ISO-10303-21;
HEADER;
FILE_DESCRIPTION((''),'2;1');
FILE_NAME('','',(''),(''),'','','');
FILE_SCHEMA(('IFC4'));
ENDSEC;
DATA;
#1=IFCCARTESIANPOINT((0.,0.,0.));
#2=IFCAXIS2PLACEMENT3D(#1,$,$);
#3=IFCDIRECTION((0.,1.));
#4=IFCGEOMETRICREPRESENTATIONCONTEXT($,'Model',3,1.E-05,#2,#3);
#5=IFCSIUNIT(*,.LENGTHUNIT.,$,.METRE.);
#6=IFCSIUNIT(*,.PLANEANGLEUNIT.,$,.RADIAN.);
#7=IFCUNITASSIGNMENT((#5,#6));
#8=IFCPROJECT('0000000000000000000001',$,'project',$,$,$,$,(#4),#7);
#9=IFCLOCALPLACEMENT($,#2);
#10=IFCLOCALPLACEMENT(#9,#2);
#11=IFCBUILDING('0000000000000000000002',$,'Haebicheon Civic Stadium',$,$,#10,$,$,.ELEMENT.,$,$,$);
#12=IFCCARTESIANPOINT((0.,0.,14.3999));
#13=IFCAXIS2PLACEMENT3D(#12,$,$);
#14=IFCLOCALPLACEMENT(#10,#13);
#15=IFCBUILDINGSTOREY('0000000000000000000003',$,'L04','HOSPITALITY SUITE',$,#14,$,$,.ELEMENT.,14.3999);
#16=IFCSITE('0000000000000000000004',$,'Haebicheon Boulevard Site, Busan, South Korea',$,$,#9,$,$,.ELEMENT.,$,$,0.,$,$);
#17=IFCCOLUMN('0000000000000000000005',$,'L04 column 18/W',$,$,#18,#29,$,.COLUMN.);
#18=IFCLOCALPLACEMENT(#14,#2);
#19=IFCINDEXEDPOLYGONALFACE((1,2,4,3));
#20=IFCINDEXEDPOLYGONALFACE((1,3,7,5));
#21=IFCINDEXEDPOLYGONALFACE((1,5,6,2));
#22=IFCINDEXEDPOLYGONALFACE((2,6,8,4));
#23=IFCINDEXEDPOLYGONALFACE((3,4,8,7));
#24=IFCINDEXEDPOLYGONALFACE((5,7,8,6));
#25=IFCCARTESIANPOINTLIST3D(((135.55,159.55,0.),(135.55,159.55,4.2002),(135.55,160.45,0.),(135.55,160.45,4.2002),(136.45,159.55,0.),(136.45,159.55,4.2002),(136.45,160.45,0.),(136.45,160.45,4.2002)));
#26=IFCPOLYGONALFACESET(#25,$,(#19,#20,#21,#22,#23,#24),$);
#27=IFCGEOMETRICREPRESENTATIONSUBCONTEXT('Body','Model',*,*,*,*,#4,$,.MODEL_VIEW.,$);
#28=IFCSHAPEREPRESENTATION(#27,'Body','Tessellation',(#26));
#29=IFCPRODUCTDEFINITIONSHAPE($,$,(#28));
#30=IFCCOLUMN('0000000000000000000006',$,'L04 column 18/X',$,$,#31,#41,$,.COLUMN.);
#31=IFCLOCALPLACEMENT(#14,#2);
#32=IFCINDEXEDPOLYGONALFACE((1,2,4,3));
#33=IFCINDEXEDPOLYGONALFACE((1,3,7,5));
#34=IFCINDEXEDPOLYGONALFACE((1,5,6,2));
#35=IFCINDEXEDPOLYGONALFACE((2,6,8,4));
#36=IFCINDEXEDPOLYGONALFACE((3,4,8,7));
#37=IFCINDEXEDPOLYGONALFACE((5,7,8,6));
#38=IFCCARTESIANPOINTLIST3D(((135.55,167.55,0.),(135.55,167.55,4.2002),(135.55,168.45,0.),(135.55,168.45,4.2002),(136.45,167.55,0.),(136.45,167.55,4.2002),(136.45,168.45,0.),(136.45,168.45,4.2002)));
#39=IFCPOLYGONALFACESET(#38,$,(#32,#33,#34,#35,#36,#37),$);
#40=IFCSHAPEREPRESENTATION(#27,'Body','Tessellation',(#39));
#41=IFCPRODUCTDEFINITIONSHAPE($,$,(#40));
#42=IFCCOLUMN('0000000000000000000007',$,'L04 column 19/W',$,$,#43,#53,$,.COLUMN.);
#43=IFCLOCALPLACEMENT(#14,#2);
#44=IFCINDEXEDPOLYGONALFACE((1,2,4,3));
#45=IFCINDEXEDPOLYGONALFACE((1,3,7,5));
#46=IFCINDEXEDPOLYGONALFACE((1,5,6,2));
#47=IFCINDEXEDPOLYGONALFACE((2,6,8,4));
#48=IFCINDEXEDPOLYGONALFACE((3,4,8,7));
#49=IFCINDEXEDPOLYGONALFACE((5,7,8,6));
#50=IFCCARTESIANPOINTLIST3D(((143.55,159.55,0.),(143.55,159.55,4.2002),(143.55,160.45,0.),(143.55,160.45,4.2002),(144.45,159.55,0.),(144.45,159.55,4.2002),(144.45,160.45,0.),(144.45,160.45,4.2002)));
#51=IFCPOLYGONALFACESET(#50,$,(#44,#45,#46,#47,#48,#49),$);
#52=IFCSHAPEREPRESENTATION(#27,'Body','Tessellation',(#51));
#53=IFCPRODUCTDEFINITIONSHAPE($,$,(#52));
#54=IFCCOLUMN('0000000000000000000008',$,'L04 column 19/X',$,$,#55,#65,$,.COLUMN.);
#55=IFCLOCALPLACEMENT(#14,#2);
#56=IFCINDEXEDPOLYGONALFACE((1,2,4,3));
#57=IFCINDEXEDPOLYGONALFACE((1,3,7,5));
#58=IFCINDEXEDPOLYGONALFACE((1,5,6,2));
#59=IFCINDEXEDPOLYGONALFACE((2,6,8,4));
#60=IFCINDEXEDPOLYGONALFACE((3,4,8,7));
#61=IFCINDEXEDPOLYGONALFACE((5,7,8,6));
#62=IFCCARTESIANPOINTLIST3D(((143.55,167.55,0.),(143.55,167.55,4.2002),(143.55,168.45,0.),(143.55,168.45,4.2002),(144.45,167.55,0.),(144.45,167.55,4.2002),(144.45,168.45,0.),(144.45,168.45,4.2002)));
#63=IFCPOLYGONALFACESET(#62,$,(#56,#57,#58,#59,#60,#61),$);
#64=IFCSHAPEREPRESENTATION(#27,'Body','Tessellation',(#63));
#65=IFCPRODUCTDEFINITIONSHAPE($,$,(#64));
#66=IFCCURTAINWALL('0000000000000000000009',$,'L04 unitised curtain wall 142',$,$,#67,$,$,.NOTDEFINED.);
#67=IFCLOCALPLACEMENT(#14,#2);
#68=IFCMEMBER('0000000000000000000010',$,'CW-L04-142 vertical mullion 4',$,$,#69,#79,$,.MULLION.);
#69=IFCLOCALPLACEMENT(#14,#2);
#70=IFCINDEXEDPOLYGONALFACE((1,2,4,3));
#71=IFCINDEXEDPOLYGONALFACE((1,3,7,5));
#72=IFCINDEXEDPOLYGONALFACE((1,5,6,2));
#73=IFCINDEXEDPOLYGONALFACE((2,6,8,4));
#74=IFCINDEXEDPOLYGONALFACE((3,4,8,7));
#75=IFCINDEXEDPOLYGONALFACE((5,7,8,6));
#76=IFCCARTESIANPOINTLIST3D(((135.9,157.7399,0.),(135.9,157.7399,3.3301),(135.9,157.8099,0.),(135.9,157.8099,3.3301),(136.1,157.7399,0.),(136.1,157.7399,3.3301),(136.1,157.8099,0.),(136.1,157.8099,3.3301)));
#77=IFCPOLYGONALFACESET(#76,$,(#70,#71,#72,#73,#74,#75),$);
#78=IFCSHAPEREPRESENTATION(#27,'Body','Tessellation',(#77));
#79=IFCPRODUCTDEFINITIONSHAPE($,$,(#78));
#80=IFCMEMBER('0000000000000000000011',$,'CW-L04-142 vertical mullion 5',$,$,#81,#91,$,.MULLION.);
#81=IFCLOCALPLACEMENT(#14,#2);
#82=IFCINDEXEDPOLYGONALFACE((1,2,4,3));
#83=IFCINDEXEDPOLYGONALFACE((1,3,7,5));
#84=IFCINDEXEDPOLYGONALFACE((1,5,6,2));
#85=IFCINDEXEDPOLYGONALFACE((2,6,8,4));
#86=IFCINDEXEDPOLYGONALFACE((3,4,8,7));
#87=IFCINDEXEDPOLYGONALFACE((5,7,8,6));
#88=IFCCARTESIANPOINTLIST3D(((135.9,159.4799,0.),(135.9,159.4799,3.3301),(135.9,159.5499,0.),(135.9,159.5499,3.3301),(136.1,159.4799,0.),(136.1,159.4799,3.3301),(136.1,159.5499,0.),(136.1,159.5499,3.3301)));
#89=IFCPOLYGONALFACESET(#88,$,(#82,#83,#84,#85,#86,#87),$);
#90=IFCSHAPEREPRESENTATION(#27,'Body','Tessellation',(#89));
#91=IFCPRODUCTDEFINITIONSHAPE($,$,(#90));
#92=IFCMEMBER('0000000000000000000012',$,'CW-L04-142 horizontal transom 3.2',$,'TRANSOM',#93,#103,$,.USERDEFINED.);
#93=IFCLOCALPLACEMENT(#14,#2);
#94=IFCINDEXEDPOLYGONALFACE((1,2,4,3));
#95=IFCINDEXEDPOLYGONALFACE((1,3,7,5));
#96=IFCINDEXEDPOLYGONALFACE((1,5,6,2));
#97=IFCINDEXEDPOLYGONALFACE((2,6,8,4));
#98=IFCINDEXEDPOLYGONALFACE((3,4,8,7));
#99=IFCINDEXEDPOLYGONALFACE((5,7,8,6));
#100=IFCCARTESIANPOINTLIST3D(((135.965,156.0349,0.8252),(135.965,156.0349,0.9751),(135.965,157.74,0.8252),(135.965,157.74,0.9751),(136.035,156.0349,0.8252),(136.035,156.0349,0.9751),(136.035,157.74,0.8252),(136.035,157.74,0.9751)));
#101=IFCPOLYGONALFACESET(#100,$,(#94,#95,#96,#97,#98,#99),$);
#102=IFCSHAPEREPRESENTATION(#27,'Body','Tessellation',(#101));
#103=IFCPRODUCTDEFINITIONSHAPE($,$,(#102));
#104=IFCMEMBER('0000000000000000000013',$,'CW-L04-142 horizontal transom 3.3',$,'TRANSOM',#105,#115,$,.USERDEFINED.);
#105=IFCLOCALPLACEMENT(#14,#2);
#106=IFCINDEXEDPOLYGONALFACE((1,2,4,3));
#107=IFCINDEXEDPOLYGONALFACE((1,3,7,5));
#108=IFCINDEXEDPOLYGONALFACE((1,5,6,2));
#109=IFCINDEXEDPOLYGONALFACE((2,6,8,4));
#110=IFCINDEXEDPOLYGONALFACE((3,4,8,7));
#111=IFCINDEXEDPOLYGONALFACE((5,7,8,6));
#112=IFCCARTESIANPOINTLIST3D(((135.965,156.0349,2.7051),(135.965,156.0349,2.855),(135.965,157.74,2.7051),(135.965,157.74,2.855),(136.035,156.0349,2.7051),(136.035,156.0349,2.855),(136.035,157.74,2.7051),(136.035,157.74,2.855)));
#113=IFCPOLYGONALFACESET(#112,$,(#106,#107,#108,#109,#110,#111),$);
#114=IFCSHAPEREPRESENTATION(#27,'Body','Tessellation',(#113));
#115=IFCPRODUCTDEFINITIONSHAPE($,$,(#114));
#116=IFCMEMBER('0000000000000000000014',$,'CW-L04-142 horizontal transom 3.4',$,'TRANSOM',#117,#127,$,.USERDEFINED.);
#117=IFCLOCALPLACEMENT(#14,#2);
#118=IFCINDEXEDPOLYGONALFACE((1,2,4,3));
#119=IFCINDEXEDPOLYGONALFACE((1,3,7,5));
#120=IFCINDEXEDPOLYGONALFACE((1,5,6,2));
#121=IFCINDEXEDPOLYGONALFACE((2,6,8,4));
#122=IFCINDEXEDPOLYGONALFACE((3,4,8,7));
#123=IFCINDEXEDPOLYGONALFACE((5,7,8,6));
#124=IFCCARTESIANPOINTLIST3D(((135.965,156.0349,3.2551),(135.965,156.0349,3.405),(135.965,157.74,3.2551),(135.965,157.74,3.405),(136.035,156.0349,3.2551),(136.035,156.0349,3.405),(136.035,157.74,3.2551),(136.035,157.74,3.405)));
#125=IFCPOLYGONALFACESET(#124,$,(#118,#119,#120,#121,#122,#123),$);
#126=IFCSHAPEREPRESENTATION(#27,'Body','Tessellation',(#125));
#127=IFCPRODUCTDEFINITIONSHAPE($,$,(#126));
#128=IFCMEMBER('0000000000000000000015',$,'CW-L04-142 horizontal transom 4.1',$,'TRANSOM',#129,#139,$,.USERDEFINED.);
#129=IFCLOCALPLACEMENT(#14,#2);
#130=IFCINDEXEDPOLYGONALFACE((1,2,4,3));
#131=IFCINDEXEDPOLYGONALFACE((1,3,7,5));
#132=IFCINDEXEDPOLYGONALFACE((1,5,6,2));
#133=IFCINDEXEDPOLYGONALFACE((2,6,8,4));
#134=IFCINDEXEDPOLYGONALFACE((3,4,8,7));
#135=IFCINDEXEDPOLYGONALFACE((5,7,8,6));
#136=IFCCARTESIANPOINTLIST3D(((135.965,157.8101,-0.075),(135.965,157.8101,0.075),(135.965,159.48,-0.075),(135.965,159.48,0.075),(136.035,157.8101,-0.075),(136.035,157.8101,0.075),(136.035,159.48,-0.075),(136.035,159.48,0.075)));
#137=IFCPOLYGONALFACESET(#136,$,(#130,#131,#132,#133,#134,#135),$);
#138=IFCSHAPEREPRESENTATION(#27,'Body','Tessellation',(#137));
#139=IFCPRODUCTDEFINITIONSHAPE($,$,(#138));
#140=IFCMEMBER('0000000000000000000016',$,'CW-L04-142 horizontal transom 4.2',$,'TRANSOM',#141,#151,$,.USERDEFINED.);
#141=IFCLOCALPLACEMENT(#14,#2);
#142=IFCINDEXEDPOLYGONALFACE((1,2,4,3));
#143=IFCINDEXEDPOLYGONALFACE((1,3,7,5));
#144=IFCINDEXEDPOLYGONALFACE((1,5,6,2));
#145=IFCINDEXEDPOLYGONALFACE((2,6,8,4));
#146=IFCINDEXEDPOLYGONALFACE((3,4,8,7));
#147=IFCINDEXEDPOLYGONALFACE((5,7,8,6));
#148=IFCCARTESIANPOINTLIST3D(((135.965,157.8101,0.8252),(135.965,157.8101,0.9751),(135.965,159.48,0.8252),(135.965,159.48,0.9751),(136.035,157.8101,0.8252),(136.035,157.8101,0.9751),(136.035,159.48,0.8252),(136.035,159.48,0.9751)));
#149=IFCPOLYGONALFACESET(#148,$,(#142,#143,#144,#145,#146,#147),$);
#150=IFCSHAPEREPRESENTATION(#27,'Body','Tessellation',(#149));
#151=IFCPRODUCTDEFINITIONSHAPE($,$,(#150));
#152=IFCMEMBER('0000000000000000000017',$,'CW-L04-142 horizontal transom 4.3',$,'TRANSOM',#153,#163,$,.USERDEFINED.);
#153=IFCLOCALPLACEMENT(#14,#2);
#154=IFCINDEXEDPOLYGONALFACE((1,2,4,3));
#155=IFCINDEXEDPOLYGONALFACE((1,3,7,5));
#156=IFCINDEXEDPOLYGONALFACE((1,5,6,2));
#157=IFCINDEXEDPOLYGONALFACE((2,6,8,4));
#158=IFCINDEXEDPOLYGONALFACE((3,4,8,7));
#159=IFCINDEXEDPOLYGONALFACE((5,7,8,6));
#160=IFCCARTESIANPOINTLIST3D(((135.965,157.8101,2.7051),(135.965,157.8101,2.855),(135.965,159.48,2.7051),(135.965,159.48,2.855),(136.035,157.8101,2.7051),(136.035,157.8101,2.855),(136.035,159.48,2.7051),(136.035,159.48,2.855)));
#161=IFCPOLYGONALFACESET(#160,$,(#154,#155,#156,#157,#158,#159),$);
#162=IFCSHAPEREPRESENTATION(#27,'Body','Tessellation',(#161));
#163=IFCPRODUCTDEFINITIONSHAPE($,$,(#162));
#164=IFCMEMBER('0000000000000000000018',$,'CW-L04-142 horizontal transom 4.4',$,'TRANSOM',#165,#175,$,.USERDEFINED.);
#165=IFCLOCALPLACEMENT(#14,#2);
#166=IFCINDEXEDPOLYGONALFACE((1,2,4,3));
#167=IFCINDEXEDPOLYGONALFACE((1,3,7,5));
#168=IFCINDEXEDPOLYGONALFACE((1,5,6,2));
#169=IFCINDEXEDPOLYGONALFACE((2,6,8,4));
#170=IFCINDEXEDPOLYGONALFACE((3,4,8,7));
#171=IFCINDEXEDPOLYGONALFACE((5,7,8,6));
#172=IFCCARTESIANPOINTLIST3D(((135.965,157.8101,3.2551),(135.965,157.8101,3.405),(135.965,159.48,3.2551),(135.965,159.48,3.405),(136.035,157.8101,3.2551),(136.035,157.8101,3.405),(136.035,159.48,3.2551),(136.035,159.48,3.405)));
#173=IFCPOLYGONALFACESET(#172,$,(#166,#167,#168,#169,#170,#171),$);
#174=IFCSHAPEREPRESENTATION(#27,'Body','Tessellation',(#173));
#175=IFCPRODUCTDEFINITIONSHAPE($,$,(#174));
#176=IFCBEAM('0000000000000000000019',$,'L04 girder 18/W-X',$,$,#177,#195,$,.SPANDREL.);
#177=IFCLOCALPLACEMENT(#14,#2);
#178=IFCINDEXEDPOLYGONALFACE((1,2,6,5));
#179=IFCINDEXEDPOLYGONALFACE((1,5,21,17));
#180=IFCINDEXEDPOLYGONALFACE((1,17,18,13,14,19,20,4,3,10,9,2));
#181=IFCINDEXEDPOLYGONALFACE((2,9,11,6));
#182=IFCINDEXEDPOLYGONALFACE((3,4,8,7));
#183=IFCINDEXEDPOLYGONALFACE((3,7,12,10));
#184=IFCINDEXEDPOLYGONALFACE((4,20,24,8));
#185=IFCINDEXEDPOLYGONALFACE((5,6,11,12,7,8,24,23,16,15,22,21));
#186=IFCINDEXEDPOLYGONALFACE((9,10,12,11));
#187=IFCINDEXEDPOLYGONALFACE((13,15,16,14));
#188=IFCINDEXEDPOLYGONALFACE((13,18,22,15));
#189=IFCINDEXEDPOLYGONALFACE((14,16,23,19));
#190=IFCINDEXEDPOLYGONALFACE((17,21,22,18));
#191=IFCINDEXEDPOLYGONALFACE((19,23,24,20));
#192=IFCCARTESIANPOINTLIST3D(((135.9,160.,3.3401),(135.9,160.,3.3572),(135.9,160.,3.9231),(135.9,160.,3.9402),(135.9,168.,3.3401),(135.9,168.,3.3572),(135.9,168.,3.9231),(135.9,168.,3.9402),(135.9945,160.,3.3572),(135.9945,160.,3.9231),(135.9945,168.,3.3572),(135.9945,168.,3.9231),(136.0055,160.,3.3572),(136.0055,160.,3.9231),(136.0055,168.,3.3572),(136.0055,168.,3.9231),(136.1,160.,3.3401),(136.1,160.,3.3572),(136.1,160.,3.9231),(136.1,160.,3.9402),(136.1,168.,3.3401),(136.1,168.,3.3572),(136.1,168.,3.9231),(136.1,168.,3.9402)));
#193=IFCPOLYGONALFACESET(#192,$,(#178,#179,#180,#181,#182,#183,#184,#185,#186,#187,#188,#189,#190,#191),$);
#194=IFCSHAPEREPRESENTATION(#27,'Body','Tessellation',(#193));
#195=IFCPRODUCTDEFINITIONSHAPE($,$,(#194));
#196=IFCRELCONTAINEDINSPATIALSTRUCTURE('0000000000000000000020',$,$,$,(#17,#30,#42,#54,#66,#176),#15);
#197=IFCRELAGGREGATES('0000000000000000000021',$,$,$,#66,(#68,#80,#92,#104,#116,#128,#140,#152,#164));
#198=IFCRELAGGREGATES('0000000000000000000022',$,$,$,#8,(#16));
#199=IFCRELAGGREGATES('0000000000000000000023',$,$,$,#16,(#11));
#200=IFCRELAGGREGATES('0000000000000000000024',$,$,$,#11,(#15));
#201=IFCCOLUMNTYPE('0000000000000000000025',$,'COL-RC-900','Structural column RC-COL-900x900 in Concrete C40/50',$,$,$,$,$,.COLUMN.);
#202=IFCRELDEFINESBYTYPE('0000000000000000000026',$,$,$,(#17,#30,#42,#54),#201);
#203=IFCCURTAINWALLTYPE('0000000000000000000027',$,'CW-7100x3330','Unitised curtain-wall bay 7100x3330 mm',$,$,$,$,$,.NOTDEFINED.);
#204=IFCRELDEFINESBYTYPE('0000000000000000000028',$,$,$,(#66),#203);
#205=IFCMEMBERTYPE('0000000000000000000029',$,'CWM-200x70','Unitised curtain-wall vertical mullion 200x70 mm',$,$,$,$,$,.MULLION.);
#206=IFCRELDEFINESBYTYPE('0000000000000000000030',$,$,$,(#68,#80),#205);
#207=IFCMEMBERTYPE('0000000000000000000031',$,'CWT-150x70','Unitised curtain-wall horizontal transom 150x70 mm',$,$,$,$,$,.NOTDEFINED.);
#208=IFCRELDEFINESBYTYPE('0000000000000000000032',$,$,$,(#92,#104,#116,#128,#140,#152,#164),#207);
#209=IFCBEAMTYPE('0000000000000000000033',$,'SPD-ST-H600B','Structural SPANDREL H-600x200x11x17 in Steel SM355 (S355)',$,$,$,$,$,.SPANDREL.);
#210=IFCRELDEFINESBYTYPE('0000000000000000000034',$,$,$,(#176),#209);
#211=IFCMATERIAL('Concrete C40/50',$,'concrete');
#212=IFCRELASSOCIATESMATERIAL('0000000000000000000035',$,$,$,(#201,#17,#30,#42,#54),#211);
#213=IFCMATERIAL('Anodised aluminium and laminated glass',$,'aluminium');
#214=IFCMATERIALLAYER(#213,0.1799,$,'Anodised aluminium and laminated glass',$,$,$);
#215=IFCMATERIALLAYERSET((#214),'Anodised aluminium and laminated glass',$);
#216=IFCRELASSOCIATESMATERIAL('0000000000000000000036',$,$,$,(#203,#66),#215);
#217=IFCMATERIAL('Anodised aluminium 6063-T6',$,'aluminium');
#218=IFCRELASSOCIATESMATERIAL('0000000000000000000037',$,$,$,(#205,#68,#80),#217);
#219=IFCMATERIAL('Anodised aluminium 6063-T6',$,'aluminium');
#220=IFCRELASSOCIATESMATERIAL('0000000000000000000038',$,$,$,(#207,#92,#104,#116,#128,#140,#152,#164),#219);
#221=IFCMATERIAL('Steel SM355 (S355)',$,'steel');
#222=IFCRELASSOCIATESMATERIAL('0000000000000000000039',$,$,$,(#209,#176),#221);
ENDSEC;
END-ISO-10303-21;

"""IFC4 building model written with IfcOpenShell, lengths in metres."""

from ifc_helpers import new_model, si_unit, direction, frame, origin, origin_2d, place, context, subcontext, project, spatial, rectangle, i_section, extrude, material, layer, layer_set, material_profile, profile_set, type_object, element, aggregate, save


model = new_model("IFC4")

# Units and contexts
model_context = context("Model", 3, precision=1e-05, world=origin(), true_north=direction((0.0, 1.0)))
body_context = subcontext(model_context, "Body", "Model", "MODEL_VIEW")
ifc_project = project(units=[si_unit("LENGTHUNIT", "METRE"), si_unit("PLANEANGLEUNIT", "RADIAN")], contexts=[model_context])

# Site, building, storey
site_placement = place(None, origin())
site = spatial("IfcSite", under=ifc_project, at=site_placement, Name="Haebicheon Boulevard Site, Busan, South Korea", CompositionType="ELEMENT", RefElevation=0.0)
building_placement = place(site_placement, origin())
building = spatial("IfcBuilding", under=site, at=building_placement, Name="Haebicheon Civic Stadium", CompositionType="ELEMENT")
storey_placement = place(building_placement, frame((0.0, 0.0, 14.3999)))
storey = spatial("IfcBuildingStorey", under=building, at=storey_placement, Name="L04", Description="HOSPITALITY SUITE", CompositionType="ELEMENT", Elevation=14.3999)

# Columns
ifc_material_1 = material(Name="Concrete C40/50", Category="concrete")
ifc_material_profile_1 = material_profile(ifc_material_1, rectangle(XDim=0.8999, YDim=0.8999, at=origin_2d()), Name="RC-COL-900x900")
ifc_profile_set_1 = profile_set([ifc_material_profile_1], Name="Concrete C40/50")
column_type = type_object("IfcColumnType", Name="COL-RC-900", Description="Structural column RC-COL-900x900 in Concrete C40/50", PredefinedType="COLUMN", material=ifc_profile_set_1)
for number, where, z_axis, x_axis, name in (
    (1, (136.0, 160.0, 0.0), (0.0, 0.0, 1.0), (1.0, 0.0, 0.0), "L04 column 18/W"),
    (2, (136.0, 168.0, 0.0), (0.0, 0.0, 1.0), (1.0, 0.0, 0.0), "L04 column 18/X"),
    (3, (144.0, 160.0, 0.0), (0.0, 0.0, 1.0), (1.0, 0.0, 0.0), "L04 column 19/W"),
    (4, (144.0, 168.0, 0.0), (0.0, 0.0, 1.0), (1.0, 0.0, 0.0), "L04 column 19/X"),
):
    element("IfcColumn", number, at=place(storey_placement, frame(where, z_axis=z_axis, x_axis=x_axis)), inside=storey, type_object=column_type, material=ifc_profile_set_1, Name=name, PredefinedType="COLUMN", context=body_context, shape_type="SweptSolid", body=[
        extrude(rectangle(XDim=0.8999, YDim=0.8999, at=origin_2d()), origin(), (0.0, 0.0, 1.0), 4.2002),
    ])

# Curtain wall, members
ifc_material_2 = material(Name="Anodised aluminium and laminated glass", Category="aluminium")
ifc_layer_1 = layer(ifc_material_2, 0.1799, Name="Anodised aluminium and laminated glass")
ifc_layer_set_1 = layer_set([ifc_layer_1], Name="Anodised aluminium and laminated glass")
curtain_wall_type = type_object("IfcCurtainWallType", Name="CW-7100x3330", Description="Unitised curtain-wall bay 7100x3330 mm", PredefinedType="NOTDEFINED", material=ifc_layer_set_1)
curtain_wall_placement = place(storey_placement, origin())
curtain_wall = element("IfcCurtainWall", 5, at=curtain_wall_placement, inside=storey, type_object=curtain_wall_type, material=ifc_layer_set_1, Name="L04 unitised curtain wall 142", PredefinedType="NOTDEFINED")
ifc_material_3 = material(Name="Anodised aluminium 6063-T6", Category="aluminium")
ifc_material_profile_2 = material_profile(ifc_material_3, rectangle(XDim=0.0701, YDim=0.2, at=origin_2d()), Name="ALU-MULL-70x200")
ifc_profile_set_2 = profile_set([ifc_material_profile_2], Name="Anodised aluminium 6063-T6")
member_type_1 = type_object("IfcMemberType", Name="CWM-200x70", Description="Unitised curtain-wall vertical mullion 200x70 mm", PredefinedType="MULLION", material=ifc_profile_set_2)
member_1_placement = place(storey_placement, frame((136.0, 157.7749, 0.0), z_axis=(0.0, 0.0, 1.0), x_axis=(0.0, 1.0, 0.0)))
member_1 = element("IfcMember", 6, at=member_1_placement, type_object=member_type_1, material=ifc_profile_set_2, Name="CW-L04-142 vertical mullion 4", PredefinedType="MULLION", context=body_context, shape_type="SweptSolid", body=[
    extrude(rectangle(XDim=0.0701, YDim=0.2, at=origin_2d()), origin(), (0.0, 0.0, 1.0), 3.3301),
])
member_2_placement = place(storey_placement, frame((136.0, 159.5149, 0.0), z_axis=(0.0, 0.0, 1.0), x_axis=(0.0, 1.0, 0.0)))
member_2 = element("IfcMember", 7, at=member_2_placement, type_object=member_type_1, material=ifc_profile_set_2, Name="CW-L04-142 vertical mullion 5", PredefinedType="MULLION", context=body_context, shape_type="SweptSolid", body=[
    extrude(rectangle(XDim=0.0701, YDim=0.2, at=origin_2d()), origin(), (0.0, 0.0, 1.0), 3.3301),
])
ifc_material_4 = material(Name="Anodised aluminium 6063-T6", Category="aluminium")
ifc_material_profile_3 = material_profile(ifc_material_4, rectangle(XDim=0.0701, YDim=0.1499, at=origin_2d()), Name="ALU-TRAN-70x150")
ifc_profile_set_3 = profile_set([ifc_material_profile_3], Name="Anodised aluminium 6063-T6")
member_type_2 = type_object("IfcMemberType", Name="CWT-150x70", Description="Unitised curtain-wall horizontal transom 150x70 mm", PredefinedType="NOTDEFINED", material=ifc_profile_set_3)
member_3_placement = place(storey_placement, frame((136.0, 156.0349, 0.9001), z_axis=(0.0, 1.0, 0.0), x_axis=(-1.0, 0.0, 0.0)))
member_3 = element("IfcMember", 8, at=member_3_placement, type_object=member_type_2, material=ifc_profile_set_3, Name="CW-L04-142 horizontal transom 3.2", ObjectType="TRANSOM", PredefinedType="USERDEFINED", context=body_context, shape_type="SweptSolid", body=[
    extrude(rectangle(XDim=0.0701, YDim=0.1499, at=origin_2d()), origin(), (0.0, 0.0, 1.0), 1.7051),
])
member_4_placement = place(storey_placement, frame((136.0, 156.0349, 2.78), z_axis=(0.0, 1.0, 0.0), x_axis=(-1.0, 0.0, 0.0)))
member_4 = element("IfcMember", 9, at=member_4_placement, type_object=member_type_2, material=ifc_profile_set_3, Name="CW-L04-142 horizontal transom 3.3", ObjectType="TRANSOM", PredefinedType="USERDEFINED", context=body_context, shape_type="SweptSolid", body=[
    extrude(rectangle(XDim=0.0701, YDim=0.1499, at=origin_2d()), origin(), (0.0, 0.0, 1.0), 1.7051),
])
member_5_placement = place(storey_placement, frame((136.0, 156.0349, 3.3301), z_axis=(0.0, 1.0, 0.0), x_axis=(-1.0, 0.0, 0.0)))
member_5 = element("IfcMember", 10, at=member_5_placement, type_object=member_type_2, material=ifc_profile_set_3, Name="CW-L04-142 horizontal transom 3.4", ObjectType="TRANSOM", PredefinedType="USERDEFINED", context=body_context, shape_type="SweptSolid", body=[
    extrude(rectangle(XDim=0.0701, YDim=0.1499, at=origin_2d()), origin(), (0.0, 0.0, 1.0), 1.7051),
])
member_6_placement = place(storey_placement, frame((136.0, 157.8101, 0.0), z_axis=(0.0, 1.0, 0.0), x_axis=(-1.0, 0.0, 0.0)))
member_6 = element("IfcMember", 11, at=member_6_placement, type_object=member_type_2, material=ifc_profile_set_3, Name="CW-L04-142 horizontal transom 4.1", ObjectType="TRANSOM", PredefinedType="USERDEFINED", context=body_context, shape_type="SweptSolid", body=[
    extrude(rectangle(XDim=0.0701, YDim=0.1499, at=origin_2d()), origin(), (0.0, 0.0, 1.0), 1.6699),
])
member_7_placement = place(storey_placement, frame((136.0, 157.8101, 0.9001), z_axis=(0.0, 1.0, 0.0), x_axis=(-1.0, 0.0, 0.0)))
member_7 = element("IfcMember", 12, at=member_7_placement, type_object=member_type_2, material=ifc_profile_set_3, Name="CW-L04-142 horizontal transom 4.2", ObjectType="TRANSOM", PredefinedType="USERDEFINED", context=body_context, shape_type="SweptSolid", body=[
    extrude(rectangle(XDim=0.0701, YDim=0.1499, at=origin_2d()), origin(), (0.0, 0.0, 1.0), 1.6699),
])
member_8_placement = place(storey_placement, frame((136.0, 157.8101, 2.78), z_axis=(0.0, 1.0, 0.0), x_axis=(-1.0, 0.0, 0.0)))
member_8 = element("IfcMember", 13, at=member_8_placement, type_object=member_type_2, material=ifc_profile_set_3, Name="CW-L04-142 horizontal transom 4.3", ObjectType="TRANSOM", PredefinedType="USERDEFINED", context=body_context, shape_type="SweptSolid", body=[
    extrude(rectangle(XDim=0.0701, YDim=0.1499, at=origin_2d()), origin(), (0.0, 0.0, 1.0), 1.6699),
])
member_9_placement = place(storey_placement, frame((136.0, 157.8101, 3.3301), z_axis=(0.0, 1.0, 0.0), x_axis=(-1.0, 0.0, 0.0)))
member_9 = element("IfcMember", 14, at=member_9_placement, type_object=member_type_2, material=ifc_profile_set_3, Name="CW-L04-142 horizontal transom 4.4", ObjectType="TRANSOM", PredefinedType="USERDEFINED", context=body_context, shape_type="SweptSolid", body=[
    extrude(rectangle(XDim=0.0701, YDim=0.1499, at=origin_2d()), origin(), (0.0, 0.0, 1.0), 1.6699),
])

# Beam
ifc_material_5 = material(Name="Steel SM355 (S355)", Category="steel")
ifc_material_profile_4 = material_profile(ifc_material_5, i_section(OverallWidth=0.2, OverallDepth=0.6001, WebThickness=0.011, FlangeThickness=0.0171, at=origin_2d()), Name="H-600x200x11x17")
ifc_profile_set_4 = profile_set([ifc_material_profile_4], Name="Steel SM355 (S355)")
beam_type = type_object("IfcBeamType", Name="SPD-ST-H600B", Description="Structural SPANDREL H-600x200x11x17 in Steel SM355 (S355)", PredefinedType="SPANDREL", material=ifc_profile_set_4)
beam_placement = place(storey_placement, frame((136.0, 160.0, 3.6401), z_axis=(0.0, 1.0, 0.0), x_axis=(-1.0, 0.0, 0.0)))
element("IfcBeam", 15, at=beam_placement, inside=storey, type_object=beam_type, material=ifc_profile_set_4, Name="L04 girder 18/W-X", PredefinedType="SPANDREL", context=body_context, shape_type="SweptSolid", body=[
    extrude(i_section(OverallWidth=0.2, OverallDepth=0.6001, WebThickness=0.011, FlangeThickness=0.0171, at=origin_2d()), origin(), (0.0, 0.0, 1.0), 8.0),
])

aggregate(curtain_wall, [member_1, member_2, member_3, member_4, member_5, member_6, member_7, member_8, member_9])

save(model, "model.ifc")
